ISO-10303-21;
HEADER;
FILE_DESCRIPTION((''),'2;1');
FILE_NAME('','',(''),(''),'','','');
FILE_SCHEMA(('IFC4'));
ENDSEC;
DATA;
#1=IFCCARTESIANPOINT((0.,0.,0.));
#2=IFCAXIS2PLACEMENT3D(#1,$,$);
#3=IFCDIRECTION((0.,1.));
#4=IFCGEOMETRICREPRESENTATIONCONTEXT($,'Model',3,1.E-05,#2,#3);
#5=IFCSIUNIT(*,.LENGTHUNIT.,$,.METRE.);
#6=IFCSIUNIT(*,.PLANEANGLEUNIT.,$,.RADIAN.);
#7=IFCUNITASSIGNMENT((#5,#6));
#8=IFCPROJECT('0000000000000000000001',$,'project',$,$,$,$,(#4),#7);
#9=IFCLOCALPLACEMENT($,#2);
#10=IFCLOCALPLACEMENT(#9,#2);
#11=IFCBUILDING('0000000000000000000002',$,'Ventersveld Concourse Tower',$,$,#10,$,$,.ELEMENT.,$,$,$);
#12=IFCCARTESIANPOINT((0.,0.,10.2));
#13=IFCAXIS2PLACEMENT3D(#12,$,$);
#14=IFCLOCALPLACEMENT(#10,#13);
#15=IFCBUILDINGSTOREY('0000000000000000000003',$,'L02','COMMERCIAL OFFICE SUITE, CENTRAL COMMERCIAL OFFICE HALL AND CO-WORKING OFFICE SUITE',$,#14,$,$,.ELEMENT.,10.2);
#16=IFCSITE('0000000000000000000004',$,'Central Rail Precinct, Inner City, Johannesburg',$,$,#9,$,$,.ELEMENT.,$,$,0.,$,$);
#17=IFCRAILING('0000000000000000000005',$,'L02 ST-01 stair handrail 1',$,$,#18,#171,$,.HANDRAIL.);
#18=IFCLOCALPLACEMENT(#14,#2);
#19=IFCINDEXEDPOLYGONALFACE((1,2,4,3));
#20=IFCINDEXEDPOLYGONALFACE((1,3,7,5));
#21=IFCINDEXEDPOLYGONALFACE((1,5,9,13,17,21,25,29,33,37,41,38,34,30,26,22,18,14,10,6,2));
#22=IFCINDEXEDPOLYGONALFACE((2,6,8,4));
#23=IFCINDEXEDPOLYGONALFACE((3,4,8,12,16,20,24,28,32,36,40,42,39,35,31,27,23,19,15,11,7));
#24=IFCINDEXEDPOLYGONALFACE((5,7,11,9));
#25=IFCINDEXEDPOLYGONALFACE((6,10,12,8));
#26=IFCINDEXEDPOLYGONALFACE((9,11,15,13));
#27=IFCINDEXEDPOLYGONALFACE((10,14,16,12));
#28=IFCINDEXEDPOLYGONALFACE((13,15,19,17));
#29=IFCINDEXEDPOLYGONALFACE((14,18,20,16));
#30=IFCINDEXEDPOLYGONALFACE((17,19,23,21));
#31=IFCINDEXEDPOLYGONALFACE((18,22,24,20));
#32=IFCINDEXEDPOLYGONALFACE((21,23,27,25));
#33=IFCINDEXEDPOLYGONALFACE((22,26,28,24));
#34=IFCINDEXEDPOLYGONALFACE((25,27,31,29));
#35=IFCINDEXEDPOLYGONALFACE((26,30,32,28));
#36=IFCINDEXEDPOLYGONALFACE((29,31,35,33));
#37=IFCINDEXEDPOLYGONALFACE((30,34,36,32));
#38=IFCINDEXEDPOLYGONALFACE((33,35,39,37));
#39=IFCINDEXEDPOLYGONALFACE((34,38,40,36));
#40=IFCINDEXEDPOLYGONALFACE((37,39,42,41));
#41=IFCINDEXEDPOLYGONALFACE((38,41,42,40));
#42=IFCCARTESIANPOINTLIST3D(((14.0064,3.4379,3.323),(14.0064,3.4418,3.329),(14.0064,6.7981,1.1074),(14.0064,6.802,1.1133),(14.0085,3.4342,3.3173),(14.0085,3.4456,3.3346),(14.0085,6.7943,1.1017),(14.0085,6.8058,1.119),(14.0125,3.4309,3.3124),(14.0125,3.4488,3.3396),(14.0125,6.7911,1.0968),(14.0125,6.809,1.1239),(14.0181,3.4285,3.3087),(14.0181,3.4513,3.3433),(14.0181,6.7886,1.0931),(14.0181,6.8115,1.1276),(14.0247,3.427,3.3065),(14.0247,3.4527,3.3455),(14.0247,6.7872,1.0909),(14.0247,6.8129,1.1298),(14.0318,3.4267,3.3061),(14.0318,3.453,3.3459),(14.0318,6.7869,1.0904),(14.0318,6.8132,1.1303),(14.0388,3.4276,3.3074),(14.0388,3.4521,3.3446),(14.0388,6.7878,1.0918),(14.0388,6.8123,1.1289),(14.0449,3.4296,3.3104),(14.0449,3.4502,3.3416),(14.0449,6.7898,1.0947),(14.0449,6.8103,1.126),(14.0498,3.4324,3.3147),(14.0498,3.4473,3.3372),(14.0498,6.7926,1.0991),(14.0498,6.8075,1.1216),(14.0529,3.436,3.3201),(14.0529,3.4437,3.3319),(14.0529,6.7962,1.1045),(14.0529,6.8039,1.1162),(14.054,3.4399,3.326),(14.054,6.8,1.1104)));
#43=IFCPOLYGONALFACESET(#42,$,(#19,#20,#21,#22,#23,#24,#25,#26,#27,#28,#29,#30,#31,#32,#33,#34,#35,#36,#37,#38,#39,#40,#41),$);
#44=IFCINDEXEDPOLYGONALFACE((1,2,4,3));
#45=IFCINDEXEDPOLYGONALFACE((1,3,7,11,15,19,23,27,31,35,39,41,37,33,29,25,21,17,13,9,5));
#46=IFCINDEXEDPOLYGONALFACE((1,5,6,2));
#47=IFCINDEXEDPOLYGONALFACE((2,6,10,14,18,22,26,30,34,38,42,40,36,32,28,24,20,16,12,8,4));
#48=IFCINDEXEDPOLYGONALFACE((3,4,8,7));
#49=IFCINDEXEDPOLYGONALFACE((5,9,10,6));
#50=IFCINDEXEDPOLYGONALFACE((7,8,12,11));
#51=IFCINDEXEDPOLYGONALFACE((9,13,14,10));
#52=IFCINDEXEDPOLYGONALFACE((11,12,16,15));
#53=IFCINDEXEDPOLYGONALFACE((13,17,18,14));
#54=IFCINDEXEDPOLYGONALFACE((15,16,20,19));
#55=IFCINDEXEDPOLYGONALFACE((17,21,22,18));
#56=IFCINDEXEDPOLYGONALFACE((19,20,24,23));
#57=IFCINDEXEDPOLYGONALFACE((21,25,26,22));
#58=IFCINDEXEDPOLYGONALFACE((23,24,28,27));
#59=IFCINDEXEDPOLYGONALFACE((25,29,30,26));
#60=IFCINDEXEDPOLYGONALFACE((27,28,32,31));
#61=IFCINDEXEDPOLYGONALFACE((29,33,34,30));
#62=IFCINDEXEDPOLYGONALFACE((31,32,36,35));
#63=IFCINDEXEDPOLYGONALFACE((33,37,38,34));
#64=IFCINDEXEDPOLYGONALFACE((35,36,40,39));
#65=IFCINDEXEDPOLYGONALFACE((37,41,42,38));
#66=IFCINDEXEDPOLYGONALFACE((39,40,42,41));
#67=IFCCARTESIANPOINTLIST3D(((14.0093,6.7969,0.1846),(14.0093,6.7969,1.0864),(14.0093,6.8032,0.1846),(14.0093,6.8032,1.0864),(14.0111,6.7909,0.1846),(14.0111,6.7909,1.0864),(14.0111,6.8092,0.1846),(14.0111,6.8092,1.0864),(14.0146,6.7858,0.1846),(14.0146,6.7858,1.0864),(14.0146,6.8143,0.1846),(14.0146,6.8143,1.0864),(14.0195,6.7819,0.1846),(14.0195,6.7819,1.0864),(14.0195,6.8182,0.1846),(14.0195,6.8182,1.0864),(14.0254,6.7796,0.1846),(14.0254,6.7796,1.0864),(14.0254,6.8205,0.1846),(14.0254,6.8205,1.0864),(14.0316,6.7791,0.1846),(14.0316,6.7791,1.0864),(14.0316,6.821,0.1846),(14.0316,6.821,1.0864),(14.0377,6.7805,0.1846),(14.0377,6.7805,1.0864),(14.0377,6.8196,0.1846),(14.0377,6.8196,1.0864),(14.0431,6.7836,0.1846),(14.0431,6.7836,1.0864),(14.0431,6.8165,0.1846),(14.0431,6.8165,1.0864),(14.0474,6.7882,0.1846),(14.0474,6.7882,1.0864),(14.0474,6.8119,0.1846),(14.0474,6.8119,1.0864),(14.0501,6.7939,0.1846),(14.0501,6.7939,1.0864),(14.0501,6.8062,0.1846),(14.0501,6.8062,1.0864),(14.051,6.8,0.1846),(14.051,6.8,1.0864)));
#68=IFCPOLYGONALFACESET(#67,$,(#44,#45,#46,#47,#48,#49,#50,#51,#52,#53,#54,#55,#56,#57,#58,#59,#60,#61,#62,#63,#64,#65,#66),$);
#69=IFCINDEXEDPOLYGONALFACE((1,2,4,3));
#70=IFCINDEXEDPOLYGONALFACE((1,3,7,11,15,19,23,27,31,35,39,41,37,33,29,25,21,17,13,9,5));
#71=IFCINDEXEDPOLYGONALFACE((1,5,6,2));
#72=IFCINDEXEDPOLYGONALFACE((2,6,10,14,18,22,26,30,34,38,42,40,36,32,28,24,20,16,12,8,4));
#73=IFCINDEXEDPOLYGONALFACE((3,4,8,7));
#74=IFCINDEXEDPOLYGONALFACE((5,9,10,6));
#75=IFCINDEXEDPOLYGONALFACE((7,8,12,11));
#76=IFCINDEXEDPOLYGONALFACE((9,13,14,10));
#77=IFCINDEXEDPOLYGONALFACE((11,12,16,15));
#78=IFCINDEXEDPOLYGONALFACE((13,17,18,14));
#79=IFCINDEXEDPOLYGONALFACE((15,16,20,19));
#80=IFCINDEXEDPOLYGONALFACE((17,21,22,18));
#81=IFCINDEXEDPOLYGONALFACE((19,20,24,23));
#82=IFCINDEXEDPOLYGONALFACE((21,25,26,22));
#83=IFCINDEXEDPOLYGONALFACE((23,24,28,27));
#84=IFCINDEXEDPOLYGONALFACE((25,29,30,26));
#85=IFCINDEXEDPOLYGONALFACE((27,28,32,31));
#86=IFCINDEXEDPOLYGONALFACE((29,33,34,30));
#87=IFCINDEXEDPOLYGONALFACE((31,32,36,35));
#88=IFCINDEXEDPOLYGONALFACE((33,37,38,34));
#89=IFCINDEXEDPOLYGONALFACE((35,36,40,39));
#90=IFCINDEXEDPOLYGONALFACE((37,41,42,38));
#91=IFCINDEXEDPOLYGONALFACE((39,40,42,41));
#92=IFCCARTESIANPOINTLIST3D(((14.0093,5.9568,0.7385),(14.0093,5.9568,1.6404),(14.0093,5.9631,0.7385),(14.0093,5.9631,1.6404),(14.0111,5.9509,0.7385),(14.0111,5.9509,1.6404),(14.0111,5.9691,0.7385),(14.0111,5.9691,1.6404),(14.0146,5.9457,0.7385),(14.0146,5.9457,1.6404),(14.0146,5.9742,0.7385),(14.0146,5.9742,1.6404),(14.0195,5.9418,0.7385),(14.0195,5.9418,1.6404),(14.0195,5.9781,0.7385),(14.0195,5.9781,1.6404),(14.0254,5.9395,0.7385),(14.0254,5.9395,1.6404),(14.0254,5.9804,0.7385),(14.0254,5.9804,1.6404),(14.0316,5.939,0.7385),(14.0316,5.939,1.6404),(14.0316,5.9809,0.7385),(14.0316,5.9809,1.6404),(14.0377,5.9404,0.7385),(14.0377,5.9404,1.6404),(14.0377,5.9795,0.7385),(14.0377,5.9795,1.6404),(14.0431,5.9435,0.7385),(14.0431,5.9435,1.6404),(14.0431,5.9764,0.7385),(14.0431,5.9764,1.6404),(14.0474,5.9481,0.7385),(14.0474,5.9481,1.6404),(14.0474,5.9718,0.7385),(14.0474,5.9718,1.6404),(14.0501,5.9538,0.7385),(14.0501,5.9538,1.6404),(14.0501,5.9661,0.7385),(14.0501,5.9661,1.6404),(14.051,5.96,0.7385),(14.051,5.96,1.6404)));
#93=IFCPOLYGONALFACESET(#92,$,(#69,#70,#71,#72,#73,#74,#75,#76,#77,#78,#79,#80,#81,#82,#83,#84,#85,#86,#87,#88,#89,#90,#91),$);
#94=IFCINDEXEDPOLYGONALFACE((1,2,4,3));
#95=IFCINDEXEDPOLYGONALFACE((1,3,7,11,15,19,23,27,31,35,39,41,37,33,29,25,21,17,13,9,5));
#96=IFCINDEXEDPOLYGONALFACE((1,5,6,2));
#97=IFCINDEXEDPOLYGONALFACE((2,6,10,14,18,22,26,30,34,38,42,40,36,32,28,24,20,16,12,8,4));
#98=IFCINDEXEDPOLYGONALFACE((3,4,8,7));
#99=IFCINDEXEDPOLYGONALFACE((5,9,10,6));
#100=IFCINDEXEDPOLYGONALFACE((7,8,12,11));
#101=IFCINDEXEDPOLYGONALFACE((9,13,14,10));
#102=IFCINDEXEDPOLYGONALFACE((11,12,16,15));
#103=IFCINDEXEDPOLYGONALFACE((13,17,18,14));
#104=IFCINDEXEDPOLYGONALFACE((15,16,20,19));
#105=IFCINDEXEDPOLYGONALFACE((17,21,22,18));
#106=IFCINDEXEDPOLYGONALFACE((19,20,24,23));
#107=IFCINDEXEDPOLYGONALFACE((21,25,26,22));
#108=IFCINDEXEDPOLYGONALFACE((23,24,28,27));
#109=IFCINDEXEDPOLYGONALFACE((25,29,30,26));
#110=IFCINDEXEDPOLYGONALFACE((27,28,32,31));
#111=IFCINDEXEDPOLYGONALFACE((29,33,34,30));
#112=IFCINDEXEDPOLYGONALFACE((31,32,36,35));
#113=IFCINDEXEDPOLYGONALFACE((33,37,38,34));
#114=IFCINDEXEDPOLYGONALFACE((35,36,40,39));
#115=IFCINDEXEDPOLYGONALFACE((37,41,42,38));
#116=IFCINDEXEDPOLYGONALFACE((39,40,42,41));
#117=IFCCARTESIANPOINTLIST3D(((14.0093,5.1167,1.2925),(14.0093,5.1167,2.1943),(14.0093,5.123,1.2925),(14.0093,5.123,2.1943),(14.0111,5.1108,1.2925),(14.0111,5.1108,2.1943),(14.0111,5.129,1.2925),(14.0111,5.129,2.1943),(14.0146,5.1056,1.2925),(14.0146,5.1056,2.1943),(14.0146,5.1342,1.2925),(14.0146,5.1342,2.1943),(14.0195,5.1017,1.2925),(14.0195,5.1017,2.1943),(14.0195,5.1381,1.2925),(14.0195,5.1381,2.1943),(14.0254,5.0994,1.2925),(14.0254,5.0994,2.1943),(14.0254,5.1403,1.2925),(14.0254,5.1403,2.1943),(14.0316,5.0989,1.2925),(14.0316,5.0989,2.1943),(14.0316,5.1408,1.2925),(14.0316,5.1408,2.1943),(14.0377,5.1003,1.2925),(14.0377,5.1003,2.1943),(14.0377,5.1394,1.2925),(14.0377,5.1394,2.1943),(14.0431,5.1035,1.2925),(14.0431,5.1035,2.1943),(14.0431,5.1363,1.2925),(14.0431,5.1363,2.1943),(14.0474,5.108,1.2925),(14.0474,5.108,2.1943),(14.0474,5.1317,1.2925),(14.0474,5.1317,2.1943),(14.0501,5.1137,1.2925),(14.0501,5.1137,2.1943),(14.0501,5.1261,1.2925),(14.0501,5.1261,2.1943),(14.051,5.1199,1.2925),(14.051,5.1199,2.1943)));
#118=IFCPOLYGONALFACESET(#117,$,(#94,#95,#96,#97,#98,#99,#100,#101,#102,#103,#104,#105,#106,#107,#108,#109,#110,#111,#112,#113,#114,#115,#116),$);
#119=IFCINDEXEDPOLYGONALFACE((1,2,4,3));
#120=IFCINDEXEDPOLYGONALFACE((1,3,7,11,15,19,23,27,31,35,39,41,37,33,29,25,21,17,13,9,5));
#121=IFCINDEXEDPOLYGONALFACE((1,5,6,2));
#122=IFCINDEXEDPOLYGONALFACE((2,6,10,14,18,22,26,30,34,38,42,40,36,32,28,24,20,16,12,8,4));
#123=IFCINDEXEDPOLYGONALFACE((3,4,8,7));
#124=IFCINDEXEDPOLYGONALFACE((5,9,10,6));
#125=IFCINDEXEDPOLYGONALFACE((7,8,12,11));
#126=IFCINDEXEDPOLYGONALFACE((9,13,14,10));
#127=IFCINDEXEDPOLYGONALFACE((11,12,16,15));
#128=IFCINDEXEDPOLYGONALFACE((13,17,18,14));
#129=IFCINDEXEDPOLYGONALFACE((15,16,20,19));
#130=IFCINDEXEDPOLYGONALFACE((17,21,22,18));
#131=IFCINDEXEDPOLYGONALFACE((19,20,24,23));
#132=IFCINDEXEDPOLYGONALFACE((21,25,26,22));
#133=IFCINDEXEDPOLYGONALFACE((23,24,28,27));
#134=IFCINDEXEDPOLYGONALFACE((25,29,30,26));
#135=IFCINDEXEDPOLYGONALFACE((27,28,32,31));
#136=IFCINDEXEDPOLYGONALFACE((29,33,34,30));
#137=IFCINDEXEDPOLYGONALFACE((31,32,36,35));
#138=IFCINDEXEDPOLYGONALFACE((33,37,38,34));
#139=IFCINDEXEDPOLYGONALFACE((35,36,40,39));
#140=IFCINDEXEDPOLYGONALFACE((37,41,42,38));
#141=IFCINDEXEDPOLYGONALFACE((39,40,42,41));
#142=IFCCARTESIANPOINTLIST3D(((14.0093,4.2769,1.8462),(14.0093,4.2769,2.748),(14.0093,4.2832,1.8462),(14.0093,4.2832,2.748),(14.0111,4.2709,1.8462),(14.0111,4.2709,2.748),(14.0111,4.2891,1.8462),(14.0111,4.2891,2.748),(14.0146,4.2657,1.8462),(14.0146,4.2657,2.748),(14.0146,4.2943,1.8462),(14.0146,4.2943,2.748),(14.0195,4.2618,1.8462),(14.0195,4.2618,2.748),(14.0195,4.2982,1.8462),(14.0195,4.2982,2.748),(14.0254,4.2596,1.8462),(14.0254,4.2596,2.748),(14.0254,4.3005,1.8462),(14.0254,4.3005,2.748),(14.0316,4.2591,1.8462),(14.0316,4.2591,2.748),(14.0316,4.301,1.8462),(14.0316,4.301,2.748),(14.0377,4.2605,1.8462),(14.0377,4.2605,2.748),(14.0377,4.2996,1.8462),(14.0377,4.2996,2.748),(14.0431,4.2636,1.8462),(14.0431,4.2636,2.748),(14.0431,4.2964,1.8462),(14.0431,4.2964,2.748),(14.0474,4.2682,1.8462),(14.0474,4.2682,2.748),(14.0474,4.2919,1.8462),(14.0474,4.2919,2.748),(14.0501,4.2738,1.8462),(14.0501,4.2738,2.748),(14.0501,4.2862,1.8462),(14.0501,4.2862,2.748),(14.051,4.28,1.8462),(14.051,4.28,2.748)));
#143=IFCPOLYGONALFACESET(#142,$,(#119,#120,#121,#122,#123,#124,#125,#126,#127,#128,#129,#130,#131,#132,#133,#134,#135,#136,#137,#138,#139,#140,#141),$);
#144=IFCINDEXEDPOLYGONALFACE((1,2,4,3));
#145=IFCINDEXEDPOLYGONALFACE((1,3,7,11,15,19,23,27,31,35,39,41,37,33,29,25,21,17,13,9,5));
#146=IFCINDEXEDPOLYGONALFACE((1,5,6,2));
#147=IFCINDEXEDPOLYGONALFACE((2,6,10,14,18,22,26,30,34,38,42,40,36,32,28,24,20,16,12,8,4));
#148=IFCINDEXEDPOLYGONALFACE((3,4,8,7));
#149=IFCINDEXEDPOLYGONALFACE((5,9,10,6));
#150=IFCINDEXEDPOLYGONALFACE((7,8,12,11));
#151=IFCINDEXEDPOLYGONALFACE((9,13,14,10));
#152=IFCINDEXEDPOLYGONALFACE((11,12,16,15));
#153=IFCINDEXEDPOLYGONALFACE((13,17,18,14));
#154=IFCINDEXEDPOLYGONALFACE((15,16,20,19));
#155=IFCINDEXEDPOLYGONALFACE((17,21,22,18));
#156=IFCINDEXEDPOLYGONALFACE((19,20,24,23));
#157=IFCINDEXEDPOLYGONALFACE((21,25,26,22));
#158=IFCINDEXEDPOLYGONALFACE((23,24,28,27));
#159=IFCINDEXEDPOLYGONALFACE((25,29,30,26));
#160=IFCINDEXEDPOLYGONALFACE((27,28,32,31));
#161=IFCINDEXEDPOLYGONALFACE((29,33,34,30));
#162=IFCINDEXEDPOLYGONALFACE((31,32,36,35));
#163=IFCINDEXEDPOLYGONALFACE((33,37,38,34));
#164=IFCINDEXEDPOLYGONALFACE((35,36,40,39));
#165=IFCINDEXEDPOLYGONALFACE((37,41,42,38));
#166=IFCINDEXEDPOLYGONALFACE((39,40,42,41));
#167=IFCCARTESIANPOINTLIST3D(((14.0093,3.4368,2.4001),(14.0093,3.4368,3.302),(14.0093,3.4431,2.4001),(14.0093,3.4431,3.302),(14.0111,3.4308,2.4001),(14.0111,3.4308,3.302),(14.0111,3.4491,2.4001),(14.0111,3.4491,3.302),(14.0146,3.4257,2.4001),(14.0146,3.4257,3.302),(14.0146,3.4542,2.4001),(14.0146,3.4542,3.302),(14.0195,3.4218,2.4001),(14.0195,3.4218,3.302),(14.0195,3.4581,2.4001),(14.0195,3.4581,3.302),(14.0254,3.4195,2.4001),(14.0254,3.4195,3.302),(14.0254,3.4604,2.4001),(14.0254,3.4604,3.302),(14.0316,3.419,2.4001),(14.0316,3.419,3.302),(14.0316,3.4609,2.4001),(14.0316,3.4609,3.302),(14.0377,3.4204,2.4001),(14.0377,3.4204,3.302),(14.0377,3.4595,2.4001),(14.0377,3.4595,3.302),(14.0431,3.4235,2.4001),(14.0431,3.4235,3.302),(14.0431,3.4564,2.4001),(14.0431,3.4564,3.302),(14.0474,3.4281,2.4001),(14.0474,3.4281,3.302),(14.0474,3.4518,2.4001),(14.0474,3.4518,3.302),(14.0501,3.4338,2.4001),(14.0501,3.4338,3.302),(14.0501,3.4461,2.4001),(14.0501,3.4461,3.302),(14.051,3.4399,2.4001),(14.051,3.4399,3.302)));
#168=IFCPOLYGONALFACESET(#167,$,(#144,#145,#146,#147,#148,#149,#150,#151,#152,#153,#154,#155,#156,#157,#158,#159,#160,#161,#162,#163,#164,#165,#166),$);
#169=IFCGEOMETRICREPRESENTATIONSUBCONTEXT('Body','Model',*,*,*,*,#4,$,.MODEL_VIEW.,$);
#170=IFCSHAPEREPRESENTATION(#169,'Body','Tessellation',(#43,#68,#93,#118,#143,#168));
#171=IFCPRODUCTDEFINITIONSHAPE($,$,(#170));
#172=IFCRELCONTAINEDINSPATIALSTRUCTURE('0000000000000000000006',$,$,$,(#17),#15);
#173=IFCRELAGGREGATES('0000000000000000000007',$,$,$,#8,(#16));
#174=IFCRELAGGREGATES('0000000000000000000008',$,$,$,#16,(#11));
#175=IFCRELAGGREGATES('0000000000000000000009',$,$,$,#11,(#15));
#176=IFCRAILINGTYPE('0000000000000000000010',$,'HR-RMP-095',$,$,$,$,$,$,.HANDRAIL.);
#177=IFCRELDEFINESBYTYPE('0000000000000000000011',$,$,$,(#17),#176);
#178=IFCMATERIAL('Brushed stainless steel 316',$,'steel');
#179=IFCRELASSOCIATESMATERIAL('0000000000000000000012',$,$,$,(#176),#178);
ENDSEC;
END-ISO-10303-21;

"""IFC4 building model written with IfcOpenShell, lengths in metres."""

from ifc_helpers import new_model, si_unit, direction, frame, origin, origin_2d, place, context, subcontext, project, spatial, circle, extrude, material, type_object, element, save


model = new_model("IFC4")

# Units and contexts
model_context = context("Model", 3, precision=1e-05, world=origin(), true_north=direction((0.0, 1.0)))
body_context = subcontext(model_context, "Body", "Model", "MODEL_VIEW")
ifc_project = project(units=[si_unit("LENGTHUNIT", "METRE"), si_unit("PLANEANGLEUNIT", "RADIAN")], contexts=[model_context])

# Site, building, storey
site_placement = place(None, origin())
site = spatial("IfcSite", under=ifc_project, at=site_placement, Name="Central Rail Precinct, Inner City, Johannesburg", CompositionType="ELEMENT", RefElevation=0.0)
building_placement = place(site_placement, origin())
building = spatial("IfcBuilding", under=site, at=building_placement, Name="Ventersveld Concourse Tower", CompositionType="ELEMENT")
storey_placement = place(building_placement, frame((0.0, 0.0, 10.2)))
storey = spatial("IfcBuildingStorey", under=building, at=storey_placement, Name="L02", Description="COMMERCIAL OFFICE SUITE, CENTRAL COMMERCIAL OFFICE HALL AND CO-WORKING OFFICE SUITE", CompositionType="ELEMENT", Elevation=10.2)

# Shared definitions
ifc_material_1 = material(Name="Brushed stainless steel 316", Category="steel")

# Railing
railing_type_1 = type_object("IfcRailingType", Name="HR-RMP-095", PredefinedType="HANDRAIL", material=ifc_material_1)
railing_1_placement = place(storey_placement, frame((14.03, 6.8, 0.1846)))
element("IfcRailing", 1, at=railing_1_placement, inside=storey, type_object=railing_type_1, Name="L02 ST-01 stair handrail 1", PredefinedType="HANDRAIL", context=body_context, shape_type="SweptSolid", body=[
    extrude(circle(Radius=0.0239, at=origin_2d()), frame((0.0, 0.0, 0.9258), z_axis=(0.0, -0.834849, 0.55048), x_axis=(1.0, 0.0, 0.0)), (0.0, 0.0, 1.0), 4.0249),
    extrude(circle(Radius=0.021, at=origin_2d()), origin(), (0.0, 0.0, 1.0), 0.9019),
    extrude(circle(Radius=0.021, at=origin_2d()), frame((0.0, -0.8401, 0.554)), (0.0, 0.0, 1.0), 0.9019),
    extrude(circle(Radius=0.021, at=origin_2d()), frame((0.0, -1.6802, 1.1079)), (0.0, 0.0, 1.0), 0.9019),
    extrude(circle(Radius=0.021, at=origin_2d()), frame((0.0, -2.52, 1.6616)), (0.0, 0.0, 1.0), 0.9019),
    extrude(circle(Radius=0.021, at=origin_2d()), frame((0.0, -3.3601, 2.2156)), (0.0, 0.0, 1.0), 0.9019),
])

save(model, "model.ifc")
